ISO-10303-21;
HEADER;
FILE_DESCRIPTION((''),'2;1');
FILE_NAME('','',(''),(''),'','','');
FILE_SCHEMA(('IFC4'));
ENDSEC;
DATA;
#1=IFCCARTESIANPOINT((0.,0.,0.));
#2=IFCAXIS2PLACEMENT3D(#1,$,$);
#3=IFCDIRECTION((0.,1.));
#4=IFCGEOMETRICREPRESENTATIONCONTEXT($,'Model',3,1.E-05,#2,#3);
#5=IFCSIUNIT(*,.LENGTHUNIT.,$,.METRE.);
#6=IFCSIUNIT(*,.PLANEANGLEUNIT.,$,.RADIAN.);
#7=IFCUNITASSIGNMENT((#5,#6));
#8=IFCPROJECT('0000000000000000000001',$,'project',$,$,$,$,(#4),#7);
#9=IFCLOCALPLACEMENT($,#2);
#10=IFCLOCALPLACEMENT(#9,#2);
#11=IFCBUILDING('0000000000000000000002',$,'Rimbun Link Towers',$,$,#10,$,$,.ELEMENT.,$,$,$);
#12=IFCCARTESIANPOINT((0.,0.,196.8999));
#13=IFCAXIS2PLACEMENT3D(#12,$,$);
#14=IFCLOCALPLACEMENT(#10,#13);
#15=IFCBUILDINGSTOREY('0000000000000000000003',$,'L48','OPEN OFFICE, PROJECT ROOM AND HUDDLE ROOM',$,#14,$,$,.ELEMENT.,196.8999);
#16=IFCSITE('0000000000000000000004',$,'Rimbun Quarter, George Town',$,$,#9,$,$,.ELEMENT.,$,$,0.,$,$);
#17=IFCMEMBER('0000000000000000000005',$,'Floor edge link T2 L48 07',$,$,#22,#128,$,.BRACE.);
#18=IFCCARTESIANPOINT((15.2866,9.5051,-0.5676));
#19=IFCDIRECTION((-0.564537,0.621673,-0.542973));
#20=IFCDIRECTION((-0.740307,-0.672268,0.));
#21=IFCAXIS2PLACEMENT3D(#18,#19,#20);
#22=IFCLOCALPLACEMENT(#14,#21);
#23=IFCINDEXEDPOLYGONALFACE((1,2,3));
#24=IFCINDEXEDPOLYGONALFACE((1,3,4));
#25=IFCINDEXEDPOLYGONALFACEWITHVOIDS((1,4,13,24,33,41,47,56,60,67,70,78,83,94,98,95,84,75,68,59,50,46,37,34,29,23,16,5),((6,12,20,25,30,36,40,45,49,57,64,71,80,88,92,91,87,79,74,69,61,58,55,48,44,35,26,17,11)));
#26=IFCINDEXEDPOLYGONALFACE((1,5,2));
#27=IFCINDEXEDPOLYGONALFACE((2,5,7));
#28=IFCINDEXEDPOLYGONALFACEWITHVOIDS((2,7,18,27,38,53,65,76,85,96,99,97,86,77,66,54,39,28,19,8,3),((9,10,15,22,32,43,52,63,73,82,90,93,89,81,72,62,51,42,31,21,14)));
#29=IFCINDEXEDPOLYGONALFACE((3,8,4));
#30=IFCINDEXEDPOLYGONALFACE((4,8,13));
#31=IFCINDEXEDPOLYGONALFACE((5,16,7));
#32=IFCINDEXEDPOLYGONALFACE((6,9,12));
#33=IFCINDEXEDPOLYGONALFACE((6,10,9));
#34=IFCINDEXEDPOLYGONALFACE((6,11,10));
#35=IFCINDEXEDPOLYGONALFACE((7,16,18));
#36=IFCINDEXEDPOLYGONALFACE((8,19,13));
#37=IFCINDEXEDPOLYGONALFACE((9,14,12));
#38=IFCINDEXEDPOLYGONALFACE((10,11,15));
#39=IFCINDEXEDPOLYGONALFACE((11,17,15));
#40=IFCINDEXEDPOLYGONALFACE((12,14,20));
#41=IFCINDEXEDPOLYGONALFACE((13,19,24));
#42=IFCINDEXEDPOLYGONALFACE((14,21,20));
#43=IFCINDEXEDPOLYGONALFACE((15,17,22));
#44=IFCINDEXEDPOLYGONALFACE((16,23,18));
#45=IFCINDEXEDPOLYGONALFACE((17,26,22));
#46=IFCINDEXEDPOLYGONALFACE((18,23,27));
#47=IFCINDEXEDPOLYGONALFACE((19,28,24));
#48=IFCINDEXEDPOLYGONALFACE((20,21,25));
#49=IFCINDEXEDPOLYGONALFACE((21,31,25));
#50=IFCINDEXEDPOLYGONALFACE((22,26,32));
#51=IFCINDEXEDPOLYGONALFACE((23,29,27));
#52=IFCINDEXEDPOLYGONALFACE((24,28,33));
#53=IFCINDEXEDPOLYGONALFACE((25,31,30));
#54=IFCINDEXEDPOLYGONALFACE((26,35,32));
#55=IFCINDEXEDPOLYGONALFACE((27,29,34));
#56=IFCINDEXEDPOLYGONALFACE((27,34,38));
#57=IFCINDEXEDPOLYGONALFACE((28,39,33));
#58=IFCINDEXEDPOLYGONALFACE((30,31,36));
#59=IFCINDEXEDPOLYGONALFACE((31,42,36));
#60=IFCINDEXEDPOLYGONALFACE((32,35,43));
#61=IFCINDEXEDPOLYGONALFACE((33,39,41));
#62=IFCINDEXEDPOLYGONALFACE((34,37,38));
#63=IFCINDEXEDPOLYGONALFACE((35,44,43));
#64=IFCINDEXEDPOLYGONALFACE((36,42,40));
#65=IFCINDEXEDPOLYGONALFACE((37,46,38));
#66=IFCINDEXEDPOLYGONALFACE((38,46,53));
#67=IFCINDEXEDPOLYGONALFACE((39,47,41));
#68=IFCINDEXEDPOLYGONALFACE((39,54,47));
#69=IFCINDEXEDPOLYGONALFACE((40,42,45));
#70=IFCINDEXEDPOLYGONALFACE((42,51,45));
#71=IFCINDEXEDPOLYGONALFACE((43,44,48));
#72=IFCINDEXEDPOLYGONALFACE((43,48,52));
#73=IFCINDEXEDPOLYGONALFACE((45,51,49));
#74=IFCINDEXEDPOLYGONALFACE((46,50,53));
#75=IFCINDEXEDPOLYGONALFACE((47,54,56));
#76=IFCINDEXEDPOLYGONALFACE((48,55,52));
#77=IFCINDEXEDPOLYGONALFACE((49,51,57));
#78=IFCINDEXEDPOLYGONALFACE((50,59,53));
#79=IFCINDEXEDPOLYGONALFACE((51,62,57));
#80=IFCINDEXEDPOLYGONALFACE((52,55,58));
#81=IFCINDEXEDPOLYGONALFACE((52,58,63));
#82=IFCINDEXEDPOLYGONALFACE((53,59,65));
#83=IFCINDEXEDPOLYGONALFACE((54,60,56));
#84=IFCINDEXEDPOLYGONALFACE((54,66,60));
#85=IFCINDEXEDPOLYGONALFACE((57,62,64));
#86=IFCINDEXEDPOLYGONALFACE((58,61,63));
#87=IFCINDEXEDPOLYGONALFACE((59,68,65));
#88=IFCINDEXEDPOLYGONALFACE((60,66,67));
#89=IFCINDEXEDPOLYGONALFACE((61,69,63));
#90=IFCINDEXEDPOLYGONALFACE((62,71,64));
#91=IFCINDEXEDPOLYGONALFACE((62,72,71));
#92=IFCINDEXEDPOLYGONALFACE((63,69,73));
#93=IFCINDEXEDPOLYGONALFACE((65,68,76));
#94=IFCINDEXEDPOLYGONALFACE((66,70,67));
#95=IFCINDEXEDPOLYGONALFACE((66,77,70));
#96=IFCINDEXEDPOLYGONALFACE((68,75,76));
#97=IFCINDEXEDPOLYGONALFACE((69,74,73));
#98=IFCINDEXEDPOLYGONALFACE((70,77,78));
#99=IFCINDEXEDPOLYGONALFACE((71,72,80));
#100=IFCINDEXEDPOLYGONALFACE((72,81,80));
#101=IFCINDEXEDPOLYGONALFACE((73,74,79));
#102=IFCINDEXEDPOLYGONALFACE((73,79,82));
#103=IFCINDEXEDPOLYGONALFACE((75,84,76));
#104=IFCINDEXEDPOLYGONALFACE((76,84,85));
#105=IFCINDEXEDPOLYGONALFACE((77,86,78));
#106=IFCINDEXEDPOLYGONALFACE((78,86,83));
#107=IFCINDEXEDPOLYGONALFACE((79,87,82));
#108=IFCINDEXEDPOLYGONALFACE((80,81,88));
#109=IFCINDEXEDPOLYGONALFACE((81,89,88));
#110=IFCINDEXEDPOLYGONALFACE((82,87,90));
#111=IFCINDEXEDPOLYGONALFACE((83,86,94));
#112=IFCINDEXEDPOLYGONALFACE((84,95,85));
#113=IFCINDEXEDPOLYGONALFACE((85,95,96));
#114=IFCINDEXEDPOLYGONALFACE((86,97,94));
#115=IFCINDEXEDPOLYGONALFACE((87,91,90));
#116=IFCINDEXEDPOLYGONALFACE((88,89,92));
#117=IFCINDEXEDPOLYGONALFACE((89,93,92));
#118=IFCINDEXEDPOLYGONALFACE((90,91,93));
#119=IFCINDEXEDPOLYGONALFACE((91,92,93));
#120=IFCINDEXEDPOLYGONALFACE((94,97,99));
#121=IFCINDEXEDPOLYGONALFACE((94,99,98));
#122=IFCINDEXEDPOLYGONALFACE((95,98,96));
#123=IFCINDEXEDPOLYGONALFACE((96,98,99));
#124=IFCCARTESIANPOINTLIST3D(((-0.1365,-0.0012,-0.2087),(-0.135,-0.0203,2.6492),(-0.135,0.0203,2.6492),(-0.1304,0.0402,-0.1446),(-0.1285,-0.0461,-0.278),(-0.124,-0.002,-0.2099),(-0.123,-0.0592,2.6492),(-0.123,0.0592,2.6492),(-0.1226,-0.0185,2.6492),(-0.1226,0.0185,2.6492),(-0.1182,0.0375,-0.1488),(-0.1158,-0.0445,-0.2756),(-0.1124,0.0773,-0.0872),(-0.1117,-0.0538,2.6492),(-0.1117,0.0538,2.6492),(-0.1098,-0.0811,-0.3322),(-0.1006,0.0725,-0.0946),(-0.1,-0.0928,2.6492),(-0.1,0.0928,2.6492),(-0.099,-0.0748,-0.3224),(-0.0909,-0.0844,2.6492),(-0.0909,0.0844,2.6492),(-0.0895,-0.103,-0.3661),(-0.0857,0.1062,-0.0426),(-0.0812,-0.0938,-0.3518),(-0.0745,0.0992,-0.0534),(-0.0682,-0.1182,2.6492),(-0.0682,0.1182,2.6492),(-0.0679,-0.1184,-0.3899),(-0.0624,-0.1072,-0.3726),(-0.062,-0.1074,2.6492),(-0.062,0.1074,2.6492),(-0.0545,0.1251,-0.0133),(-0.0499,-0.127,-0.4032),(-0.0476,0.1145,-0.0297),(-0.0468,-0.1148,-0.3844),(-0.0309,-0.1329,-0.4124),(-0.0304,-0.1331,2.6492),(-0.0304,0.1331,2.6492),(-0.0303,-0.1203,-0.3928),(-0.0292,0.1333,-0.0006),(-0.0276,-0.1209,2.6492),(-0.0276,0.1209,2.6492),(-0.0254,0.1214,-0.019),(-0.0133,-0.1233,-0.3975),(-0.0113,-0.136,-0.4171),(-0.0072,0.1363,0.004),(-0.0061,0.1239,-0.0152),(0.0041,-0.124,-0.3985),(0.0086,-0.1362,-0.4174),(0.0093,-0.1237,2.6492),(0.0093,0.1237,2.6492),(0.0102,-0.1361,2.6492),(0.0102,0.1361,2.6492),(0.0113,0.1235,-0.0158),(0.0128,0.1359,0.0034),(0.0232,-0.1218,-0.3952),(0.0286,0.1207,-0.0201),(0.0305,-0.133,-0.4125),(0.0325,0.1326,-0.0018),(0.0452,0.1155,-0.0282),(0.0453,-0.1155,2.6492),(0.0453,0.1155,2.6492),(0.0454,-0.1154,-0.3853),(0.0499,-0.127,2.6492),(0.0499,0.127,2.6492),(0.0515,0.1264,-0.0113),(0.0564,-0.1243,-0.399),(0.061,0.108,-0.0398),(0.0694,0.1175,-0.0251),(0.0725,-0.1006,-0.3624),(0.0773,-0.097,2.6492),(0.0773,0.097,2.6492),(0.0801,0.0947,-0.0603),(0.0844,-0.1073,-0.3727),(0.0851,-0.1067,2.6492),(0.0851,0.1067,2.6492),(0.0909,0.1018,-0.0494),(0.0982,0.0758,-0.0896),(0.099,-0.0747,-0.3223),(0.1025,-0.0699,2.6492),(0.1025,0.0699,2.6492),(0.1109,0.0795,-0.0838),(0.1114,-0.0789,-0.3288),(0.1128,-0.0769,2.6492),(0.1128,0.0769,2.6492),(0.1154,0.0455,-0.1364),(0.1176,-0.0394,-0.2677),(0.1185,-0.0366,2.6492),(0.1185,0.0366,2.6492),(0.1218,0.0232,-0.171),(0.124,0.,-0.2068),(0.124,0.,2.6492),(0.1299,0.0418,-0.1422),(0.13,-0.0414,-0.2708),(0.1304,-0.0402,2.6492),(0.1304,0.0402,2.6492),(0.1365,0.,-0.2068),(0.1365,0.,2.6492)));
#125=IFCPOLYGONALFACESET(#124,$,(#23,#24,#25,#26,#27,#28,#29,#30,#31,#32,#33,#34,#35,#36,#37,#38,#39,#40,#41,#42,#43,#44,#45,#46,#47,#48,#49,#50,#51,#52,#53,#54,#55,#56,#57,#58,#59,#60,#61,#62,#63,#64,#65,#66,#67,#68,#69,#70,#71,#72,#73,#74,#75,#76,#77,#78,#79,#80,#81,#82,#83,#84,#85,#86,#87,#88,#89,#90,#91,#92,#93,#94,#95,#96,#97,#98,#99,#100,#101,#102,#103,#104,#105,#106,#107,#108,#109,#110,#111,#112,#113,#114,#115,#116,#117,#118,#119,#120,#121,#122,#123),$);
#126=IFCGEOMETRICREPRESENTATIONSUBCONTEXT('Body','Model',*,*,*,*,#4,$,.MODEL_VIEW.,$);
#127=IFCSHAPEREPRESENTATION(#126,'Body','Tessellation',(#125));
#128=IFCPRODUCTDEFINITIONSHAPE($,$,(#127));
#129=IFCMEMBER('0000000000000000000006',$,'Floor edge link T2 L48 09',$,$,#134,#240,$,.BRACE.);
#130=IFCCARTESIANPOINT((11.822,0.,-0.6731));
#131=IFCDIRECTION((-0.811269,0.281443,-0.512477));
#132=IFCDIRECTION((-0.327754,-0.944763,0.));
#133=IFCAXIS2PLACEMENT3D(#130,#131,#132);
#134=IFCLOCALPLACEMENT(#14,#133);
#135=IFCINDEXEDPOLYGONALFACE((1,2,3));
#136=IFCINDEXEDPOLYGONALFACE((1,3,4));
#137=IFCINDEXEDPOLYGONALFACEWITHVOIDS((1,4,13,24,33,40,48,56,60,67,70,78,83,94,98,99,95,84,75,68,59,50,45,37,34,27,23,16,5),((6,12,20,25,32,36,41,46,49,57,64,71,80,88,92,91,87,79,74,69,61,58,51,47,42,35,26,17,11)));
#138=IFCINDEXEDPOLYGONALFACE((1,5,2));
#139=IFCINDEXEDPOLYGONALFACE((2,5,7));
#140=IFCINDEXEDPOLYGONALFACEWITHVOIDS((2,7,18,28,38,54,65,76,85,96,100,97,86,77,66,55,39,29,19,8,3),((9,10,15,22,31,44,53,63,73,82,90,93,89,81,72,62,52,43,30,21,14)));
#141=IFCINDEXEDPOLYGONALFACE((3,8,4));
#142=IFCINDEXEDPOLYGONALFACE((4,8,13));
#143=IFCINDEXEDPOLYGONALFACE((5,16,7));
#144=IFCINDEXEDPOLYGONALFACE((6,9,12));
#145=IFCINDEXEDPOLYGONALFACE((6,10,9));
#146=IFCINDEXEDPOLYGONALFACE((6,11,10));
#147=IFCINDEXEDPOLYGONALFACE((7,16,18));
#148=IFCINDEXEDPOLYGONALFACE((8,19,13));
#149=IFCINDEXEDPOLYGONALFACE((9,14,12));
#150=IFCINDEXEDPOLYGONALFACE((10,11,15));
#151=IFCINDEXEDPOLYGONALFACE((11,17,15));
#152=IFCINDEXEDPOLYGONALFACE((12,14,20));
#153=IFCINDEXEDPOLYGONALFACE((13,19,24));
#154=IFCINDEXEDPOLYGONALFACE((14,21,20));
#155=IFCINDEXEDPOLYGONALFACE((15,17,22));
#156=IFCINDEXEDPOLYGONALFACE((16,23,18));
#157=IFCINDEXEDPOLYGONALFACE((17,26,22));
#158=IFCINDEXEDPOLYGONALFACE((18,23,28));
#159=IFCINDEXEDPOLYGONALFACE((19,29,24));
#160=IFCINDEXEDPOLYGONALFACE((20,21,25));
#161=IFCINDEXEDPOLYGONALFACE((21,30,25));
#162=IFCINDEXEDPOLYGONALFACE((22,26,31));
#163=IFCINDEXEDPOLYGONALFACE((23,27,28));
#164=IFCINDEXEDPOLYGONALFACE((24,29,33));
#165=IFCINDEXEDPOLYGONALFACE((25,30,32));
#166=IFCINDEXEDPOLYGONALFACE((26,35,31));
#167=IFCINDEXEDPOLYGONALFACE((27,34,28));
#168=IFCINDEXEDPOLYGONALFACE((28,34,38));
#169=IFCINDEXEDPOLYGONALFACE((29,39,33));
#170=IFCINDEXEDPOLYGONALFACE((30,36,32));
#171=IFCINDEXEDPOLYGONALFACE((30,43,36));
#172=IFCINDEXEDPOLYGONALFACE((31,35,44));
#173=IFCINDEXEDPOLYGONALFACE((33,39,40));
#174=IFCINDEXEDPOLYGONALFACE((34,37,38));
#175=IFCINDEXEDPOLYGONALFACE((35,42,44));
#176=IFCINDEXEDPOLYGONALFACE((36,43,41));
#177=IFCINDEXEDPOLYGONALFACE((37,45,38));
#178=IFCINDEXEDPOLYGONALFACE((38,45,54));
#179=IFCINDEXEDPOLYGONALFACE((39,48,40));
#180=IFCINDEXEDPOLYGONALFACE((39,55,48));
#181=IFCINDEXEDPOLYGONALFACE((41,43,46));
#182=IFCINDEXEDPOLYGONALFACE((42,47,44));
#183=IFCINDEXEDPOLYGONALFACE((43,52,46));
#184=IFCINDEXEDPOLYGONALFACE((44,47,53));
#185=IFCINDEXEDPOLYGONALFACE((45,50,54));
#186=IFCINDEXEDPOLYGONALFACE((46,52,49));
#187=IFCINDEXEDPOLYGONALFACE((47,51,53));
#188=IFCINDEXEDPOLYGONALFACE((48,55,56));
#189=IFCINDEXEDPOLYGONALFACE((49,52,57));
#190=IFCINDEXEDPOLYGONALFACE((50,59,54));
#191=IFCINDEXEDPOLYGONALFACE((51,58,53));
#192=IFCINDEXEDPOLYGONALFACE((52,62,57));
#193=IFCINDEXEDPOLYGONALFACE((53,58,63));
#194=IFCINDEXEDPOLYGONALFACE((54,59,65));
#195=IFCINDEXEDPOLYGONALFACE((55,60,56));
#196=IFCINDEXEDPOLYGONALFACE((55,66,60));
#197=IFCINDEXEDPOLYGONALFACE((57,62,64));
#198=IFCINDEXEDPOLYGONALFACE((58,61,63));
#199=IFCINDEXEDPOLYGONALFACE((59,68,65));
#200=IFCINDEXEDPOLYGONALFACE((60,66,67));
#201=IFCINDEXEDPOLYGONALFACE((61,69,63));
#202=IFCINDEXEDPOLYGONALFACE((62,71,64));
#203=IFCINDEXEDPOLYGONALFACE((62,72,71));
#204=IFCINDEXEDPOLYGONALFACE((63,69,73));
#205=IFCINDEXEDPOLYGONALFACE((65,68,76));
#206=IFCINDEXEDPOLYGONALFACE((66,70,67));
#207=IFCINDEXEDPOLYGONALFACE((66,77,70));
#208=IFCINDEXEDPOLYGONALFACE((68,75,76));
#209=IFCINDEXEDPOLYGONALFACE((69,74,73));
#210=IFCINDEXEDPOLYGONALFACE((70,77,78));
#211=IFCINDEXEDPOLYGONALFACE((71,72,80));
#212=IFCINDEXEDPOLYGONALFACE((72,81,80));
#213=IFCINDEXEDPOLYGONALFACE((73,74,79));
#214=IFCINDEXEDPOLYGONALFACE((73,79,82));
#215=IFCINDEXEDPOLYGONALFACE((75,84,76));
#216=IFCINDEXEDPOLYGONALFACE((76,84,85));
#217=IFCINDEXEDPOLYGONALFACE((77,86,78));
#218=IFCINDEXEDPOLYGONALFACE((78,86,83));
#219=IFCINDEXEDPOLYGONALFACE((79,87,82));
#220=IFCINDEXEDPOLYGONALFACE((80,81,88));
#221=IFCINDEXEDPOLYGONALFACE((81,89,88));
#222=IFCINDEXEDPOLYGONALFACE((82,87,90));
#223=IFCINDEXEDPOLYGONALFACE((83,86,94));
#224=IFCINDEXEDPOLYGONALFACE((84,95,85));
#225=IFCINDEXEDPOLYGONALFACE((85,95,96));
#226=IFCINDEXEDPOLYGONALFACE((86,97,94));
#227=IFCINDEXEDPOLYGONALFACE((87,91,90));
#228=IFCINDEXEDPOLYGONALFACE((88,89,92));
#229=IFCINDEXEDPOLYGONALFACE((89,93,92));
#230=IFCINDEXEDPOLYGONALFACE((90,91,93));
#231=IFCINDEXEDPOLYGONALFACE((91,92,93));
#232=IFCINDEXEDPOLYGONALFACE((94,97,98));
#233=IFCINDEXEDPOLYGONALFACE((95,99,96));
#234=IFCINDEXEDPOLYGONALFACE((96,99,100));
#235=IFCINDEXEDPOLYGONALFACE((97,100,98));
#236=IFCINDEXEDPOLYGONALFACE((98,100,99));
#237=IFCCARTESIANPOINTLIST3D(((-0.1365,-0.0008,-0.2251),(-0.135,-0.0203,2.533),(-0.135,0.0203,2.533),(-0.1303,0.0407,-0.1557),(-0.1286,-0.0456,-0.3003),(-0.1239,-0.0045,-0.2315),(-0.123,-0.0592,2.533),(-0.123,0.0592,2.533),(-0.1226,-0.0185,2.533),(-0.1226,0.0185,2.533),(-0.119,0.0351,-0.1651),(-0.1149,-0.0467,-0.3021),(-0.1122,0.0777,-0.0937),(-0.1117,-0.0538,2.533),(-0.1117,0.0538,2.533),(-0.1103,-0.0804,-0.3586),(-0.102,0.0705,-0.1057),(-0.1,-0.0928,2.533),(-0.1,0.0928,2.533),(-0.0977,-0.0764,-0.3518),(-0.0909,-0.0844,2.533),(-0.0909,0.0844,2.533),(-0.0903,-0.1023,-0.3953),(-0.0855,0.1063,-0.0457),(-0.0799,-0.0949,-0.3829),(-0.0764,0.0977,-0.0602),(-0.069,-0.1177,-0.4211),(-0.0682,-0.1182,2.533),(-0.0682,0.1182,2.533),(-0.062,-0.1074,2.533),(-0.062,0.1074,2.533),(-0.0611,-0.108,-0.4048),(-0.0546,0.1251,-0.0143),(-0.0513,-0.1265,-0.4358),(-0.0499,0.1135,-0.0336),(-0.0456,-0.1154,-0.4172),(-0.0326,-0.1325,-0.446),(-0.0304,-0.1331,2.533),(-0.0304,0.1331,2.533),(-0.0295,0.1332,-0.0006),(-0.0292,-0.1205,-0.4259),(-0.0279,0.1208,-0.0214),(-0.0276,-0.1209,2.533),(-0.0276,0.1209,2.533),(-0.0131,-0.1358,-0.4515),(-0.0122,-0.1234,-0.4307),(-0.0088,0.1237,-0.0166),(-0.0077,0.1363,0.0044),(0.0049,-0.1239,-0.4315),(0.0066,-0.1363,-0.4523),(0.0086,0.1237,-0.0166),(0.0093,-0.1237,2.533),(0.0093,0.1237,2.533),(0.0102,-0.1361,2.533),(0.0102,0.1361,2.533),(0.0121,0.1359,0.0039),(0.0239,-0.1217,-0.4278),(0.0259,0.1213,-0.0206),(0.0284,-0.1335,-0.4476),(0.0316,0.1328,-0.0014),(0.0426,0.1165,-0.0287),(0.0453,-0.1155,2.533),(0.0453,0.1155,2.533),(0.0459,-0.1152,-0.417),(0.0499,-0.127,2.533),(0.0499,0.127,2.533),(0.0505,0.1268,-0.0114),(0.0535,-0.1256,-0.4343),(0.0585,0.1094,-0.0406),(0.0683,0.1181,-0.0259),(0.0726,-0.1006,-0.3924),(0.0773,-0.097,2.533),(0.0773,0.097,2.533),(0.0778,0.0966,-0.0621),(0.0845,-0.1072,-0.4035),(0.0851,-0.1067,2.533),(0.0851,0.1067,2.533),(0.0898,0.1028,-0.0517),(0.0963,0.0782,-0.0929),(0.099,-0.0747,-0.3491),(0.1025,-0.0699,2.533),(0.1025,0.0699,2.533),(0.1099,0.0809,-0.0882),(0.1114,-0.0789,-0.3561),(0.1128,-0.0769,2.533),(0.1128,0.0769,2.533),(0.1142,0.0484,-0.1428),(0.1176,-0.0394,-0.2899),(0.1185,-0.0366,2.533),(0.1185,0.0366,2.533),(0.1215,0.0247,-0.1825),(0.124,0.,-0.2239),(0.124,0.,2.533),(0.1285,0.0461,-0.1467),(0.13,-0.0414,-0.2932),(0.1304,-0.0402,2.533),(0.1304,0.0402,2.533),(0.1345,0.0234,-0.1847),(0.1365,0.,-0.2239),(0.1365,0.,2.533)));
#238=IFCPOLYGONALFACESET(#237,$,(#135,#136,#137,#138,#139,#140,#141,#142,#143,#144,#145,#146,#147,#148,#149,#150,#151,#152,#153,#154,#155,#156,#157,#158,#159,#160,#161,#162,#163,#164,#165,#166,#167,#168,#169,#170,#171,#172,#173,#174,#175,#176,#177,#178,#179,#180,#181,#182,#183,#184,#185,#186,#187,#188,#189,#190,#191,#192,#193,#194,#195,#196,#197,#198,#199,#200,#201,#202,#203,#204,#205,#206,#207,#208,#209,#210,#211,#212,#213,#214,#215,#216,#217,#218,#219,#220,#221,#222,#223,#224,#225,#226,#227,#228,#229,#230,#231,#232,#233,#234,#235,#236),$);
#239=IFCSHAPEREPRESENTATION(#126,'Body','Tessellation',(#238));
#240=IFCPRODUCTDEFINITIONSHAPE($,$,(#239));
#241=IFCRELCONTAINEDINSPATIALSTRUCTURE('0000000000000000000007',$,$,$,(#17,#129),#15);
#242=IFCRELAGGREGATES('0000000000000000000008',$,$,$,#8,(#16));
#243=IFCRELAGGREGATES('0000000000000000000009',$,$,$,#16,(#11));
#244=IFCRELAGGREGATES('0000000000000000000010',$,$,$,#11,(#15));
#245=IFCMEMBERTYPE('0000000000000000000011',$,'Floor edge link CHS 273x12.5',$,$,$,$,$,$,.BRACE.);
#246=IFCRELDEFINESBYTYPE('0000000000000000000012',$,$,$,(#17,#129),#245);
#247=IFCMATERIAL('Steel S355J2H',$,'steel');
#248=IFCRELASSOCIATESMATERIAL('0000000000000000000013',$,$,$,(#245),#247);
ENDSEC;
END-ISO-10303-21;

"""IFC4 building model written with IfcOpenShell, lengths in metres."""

from ifc_helpers import new_model, si_unit, direction, frame, origin, origin_2d, place, context, subcontext, project, spatial, hollow_circle, extrude, clip, halfspace, material, material_profile, profile_set, type_object, element, save


model = new_model("IFC4")

# Units and contexts
model_context = context("Model", 3, precision=1e-05, world=origin(), true_north=direction((0.0, 1.0)))
body_context = subcontext(model_context, "Body", "Model", "MODEL_VIEW")
ifc_project = project(units=[si_unit("LENGTHUNIT", "METRE"), si_unit("PLANEANGLEUNIT", "RADIAN")], contexts=[model_context])

# Site, building, storey
site_placement = place(None, origin())
site = spatial("IfcSite", under=ifc_project, at=site_placement, Name="Rimbun Quarter, George Town", CompositionType="ELEMENT", RefElevation=0.0)
building_placement = place(site_placement, origin())
building = spatial("IfcBuilding", under=site, at=building_placement, Name="Rimbun Link Towers", CompositionType="ELEMENT")
storey_placement = place(building_placement, frame((0.0, 0.0, 196.8999)))
storey = spatial("IfcBuildingStorey", under=building, at=storey_placement, Name="L48", Description="OPEN OFFICE, PROJECT ROOM AND HUDDLE ROOM", CompositionType="ELEMENT", Elevation=196.8999)

# Members
ifc_material_1 = material(Name="Steel S355J2H", Category="steel")
ifc_material_profile_1 = material_profile(ifc_material_1, hollow_circle(Radius=0.1365, WallThickness=0.0125, at=origin_2d()), Name="CHS 273x12.5")
ifc_profile_set_1 = profile_set([ifc_material_profile_1], Name="Steel S355J2H")
member_type_1 = type_object("IfcMemberType", Name="Floor edge link CHS 273x12.5", PredefinedType="BRACE", material=ifc_profile_set_1)
member_1_placement = place(storey_placement, frame((15.2866, 9.5051, -0.5676), z_axis=(-0.564537, 0.621673, -0.542973), x_axis=(-0.740307, -0.672268, 0.0)))
element("IfcMember", 1, at=member_1_placement, inside=storey, type_object=member_type_1, Name="Floor edge link T2 L48 07", PredefinedType="BRACE", context=body_context, shape_type="Clipping", body=[
    clip(extrude(hollow_circle(Radius=0.1365, WallThickness=0.0125, at=origin_2d()), frame((0.0, 0.0, -0.4407)), (0.0, 0.0, 1.0), 3.0898), halfspace(frame((0.0, 0.0, -0.2068), z_axis=(0.0, 0.83975, -0.542973)), False)),
])
member_2_placement = place(storey_placement, frame((11.822, 0.0, -0.6731), z_axis=(-0.811269, 0.281443, -0.512477), x_axis=(-0.327754, -0.944763, 0.0)))
element("IfcMember", 2, at=member_2_placement, inside=storey, type_object=member_type_1, Name="Floor edge link T2 L48 09", PredefinedType="BRACE", context=body_context, shape_type="Clipping", body=[
    clip(extrude(hollow_circle(Radius=0.1365, WallThickness=0.0125, at=origin_2d()), frame((0.0, 0.0, -0.4768)), (0.0, 0.0, 1.0), 3.0098), halfspace(frame((0.0, 0.0, -0.2239), z_axis=(0.0, 0.858701, -0.512477)), False)),
])

save(model, "model.ifc")
